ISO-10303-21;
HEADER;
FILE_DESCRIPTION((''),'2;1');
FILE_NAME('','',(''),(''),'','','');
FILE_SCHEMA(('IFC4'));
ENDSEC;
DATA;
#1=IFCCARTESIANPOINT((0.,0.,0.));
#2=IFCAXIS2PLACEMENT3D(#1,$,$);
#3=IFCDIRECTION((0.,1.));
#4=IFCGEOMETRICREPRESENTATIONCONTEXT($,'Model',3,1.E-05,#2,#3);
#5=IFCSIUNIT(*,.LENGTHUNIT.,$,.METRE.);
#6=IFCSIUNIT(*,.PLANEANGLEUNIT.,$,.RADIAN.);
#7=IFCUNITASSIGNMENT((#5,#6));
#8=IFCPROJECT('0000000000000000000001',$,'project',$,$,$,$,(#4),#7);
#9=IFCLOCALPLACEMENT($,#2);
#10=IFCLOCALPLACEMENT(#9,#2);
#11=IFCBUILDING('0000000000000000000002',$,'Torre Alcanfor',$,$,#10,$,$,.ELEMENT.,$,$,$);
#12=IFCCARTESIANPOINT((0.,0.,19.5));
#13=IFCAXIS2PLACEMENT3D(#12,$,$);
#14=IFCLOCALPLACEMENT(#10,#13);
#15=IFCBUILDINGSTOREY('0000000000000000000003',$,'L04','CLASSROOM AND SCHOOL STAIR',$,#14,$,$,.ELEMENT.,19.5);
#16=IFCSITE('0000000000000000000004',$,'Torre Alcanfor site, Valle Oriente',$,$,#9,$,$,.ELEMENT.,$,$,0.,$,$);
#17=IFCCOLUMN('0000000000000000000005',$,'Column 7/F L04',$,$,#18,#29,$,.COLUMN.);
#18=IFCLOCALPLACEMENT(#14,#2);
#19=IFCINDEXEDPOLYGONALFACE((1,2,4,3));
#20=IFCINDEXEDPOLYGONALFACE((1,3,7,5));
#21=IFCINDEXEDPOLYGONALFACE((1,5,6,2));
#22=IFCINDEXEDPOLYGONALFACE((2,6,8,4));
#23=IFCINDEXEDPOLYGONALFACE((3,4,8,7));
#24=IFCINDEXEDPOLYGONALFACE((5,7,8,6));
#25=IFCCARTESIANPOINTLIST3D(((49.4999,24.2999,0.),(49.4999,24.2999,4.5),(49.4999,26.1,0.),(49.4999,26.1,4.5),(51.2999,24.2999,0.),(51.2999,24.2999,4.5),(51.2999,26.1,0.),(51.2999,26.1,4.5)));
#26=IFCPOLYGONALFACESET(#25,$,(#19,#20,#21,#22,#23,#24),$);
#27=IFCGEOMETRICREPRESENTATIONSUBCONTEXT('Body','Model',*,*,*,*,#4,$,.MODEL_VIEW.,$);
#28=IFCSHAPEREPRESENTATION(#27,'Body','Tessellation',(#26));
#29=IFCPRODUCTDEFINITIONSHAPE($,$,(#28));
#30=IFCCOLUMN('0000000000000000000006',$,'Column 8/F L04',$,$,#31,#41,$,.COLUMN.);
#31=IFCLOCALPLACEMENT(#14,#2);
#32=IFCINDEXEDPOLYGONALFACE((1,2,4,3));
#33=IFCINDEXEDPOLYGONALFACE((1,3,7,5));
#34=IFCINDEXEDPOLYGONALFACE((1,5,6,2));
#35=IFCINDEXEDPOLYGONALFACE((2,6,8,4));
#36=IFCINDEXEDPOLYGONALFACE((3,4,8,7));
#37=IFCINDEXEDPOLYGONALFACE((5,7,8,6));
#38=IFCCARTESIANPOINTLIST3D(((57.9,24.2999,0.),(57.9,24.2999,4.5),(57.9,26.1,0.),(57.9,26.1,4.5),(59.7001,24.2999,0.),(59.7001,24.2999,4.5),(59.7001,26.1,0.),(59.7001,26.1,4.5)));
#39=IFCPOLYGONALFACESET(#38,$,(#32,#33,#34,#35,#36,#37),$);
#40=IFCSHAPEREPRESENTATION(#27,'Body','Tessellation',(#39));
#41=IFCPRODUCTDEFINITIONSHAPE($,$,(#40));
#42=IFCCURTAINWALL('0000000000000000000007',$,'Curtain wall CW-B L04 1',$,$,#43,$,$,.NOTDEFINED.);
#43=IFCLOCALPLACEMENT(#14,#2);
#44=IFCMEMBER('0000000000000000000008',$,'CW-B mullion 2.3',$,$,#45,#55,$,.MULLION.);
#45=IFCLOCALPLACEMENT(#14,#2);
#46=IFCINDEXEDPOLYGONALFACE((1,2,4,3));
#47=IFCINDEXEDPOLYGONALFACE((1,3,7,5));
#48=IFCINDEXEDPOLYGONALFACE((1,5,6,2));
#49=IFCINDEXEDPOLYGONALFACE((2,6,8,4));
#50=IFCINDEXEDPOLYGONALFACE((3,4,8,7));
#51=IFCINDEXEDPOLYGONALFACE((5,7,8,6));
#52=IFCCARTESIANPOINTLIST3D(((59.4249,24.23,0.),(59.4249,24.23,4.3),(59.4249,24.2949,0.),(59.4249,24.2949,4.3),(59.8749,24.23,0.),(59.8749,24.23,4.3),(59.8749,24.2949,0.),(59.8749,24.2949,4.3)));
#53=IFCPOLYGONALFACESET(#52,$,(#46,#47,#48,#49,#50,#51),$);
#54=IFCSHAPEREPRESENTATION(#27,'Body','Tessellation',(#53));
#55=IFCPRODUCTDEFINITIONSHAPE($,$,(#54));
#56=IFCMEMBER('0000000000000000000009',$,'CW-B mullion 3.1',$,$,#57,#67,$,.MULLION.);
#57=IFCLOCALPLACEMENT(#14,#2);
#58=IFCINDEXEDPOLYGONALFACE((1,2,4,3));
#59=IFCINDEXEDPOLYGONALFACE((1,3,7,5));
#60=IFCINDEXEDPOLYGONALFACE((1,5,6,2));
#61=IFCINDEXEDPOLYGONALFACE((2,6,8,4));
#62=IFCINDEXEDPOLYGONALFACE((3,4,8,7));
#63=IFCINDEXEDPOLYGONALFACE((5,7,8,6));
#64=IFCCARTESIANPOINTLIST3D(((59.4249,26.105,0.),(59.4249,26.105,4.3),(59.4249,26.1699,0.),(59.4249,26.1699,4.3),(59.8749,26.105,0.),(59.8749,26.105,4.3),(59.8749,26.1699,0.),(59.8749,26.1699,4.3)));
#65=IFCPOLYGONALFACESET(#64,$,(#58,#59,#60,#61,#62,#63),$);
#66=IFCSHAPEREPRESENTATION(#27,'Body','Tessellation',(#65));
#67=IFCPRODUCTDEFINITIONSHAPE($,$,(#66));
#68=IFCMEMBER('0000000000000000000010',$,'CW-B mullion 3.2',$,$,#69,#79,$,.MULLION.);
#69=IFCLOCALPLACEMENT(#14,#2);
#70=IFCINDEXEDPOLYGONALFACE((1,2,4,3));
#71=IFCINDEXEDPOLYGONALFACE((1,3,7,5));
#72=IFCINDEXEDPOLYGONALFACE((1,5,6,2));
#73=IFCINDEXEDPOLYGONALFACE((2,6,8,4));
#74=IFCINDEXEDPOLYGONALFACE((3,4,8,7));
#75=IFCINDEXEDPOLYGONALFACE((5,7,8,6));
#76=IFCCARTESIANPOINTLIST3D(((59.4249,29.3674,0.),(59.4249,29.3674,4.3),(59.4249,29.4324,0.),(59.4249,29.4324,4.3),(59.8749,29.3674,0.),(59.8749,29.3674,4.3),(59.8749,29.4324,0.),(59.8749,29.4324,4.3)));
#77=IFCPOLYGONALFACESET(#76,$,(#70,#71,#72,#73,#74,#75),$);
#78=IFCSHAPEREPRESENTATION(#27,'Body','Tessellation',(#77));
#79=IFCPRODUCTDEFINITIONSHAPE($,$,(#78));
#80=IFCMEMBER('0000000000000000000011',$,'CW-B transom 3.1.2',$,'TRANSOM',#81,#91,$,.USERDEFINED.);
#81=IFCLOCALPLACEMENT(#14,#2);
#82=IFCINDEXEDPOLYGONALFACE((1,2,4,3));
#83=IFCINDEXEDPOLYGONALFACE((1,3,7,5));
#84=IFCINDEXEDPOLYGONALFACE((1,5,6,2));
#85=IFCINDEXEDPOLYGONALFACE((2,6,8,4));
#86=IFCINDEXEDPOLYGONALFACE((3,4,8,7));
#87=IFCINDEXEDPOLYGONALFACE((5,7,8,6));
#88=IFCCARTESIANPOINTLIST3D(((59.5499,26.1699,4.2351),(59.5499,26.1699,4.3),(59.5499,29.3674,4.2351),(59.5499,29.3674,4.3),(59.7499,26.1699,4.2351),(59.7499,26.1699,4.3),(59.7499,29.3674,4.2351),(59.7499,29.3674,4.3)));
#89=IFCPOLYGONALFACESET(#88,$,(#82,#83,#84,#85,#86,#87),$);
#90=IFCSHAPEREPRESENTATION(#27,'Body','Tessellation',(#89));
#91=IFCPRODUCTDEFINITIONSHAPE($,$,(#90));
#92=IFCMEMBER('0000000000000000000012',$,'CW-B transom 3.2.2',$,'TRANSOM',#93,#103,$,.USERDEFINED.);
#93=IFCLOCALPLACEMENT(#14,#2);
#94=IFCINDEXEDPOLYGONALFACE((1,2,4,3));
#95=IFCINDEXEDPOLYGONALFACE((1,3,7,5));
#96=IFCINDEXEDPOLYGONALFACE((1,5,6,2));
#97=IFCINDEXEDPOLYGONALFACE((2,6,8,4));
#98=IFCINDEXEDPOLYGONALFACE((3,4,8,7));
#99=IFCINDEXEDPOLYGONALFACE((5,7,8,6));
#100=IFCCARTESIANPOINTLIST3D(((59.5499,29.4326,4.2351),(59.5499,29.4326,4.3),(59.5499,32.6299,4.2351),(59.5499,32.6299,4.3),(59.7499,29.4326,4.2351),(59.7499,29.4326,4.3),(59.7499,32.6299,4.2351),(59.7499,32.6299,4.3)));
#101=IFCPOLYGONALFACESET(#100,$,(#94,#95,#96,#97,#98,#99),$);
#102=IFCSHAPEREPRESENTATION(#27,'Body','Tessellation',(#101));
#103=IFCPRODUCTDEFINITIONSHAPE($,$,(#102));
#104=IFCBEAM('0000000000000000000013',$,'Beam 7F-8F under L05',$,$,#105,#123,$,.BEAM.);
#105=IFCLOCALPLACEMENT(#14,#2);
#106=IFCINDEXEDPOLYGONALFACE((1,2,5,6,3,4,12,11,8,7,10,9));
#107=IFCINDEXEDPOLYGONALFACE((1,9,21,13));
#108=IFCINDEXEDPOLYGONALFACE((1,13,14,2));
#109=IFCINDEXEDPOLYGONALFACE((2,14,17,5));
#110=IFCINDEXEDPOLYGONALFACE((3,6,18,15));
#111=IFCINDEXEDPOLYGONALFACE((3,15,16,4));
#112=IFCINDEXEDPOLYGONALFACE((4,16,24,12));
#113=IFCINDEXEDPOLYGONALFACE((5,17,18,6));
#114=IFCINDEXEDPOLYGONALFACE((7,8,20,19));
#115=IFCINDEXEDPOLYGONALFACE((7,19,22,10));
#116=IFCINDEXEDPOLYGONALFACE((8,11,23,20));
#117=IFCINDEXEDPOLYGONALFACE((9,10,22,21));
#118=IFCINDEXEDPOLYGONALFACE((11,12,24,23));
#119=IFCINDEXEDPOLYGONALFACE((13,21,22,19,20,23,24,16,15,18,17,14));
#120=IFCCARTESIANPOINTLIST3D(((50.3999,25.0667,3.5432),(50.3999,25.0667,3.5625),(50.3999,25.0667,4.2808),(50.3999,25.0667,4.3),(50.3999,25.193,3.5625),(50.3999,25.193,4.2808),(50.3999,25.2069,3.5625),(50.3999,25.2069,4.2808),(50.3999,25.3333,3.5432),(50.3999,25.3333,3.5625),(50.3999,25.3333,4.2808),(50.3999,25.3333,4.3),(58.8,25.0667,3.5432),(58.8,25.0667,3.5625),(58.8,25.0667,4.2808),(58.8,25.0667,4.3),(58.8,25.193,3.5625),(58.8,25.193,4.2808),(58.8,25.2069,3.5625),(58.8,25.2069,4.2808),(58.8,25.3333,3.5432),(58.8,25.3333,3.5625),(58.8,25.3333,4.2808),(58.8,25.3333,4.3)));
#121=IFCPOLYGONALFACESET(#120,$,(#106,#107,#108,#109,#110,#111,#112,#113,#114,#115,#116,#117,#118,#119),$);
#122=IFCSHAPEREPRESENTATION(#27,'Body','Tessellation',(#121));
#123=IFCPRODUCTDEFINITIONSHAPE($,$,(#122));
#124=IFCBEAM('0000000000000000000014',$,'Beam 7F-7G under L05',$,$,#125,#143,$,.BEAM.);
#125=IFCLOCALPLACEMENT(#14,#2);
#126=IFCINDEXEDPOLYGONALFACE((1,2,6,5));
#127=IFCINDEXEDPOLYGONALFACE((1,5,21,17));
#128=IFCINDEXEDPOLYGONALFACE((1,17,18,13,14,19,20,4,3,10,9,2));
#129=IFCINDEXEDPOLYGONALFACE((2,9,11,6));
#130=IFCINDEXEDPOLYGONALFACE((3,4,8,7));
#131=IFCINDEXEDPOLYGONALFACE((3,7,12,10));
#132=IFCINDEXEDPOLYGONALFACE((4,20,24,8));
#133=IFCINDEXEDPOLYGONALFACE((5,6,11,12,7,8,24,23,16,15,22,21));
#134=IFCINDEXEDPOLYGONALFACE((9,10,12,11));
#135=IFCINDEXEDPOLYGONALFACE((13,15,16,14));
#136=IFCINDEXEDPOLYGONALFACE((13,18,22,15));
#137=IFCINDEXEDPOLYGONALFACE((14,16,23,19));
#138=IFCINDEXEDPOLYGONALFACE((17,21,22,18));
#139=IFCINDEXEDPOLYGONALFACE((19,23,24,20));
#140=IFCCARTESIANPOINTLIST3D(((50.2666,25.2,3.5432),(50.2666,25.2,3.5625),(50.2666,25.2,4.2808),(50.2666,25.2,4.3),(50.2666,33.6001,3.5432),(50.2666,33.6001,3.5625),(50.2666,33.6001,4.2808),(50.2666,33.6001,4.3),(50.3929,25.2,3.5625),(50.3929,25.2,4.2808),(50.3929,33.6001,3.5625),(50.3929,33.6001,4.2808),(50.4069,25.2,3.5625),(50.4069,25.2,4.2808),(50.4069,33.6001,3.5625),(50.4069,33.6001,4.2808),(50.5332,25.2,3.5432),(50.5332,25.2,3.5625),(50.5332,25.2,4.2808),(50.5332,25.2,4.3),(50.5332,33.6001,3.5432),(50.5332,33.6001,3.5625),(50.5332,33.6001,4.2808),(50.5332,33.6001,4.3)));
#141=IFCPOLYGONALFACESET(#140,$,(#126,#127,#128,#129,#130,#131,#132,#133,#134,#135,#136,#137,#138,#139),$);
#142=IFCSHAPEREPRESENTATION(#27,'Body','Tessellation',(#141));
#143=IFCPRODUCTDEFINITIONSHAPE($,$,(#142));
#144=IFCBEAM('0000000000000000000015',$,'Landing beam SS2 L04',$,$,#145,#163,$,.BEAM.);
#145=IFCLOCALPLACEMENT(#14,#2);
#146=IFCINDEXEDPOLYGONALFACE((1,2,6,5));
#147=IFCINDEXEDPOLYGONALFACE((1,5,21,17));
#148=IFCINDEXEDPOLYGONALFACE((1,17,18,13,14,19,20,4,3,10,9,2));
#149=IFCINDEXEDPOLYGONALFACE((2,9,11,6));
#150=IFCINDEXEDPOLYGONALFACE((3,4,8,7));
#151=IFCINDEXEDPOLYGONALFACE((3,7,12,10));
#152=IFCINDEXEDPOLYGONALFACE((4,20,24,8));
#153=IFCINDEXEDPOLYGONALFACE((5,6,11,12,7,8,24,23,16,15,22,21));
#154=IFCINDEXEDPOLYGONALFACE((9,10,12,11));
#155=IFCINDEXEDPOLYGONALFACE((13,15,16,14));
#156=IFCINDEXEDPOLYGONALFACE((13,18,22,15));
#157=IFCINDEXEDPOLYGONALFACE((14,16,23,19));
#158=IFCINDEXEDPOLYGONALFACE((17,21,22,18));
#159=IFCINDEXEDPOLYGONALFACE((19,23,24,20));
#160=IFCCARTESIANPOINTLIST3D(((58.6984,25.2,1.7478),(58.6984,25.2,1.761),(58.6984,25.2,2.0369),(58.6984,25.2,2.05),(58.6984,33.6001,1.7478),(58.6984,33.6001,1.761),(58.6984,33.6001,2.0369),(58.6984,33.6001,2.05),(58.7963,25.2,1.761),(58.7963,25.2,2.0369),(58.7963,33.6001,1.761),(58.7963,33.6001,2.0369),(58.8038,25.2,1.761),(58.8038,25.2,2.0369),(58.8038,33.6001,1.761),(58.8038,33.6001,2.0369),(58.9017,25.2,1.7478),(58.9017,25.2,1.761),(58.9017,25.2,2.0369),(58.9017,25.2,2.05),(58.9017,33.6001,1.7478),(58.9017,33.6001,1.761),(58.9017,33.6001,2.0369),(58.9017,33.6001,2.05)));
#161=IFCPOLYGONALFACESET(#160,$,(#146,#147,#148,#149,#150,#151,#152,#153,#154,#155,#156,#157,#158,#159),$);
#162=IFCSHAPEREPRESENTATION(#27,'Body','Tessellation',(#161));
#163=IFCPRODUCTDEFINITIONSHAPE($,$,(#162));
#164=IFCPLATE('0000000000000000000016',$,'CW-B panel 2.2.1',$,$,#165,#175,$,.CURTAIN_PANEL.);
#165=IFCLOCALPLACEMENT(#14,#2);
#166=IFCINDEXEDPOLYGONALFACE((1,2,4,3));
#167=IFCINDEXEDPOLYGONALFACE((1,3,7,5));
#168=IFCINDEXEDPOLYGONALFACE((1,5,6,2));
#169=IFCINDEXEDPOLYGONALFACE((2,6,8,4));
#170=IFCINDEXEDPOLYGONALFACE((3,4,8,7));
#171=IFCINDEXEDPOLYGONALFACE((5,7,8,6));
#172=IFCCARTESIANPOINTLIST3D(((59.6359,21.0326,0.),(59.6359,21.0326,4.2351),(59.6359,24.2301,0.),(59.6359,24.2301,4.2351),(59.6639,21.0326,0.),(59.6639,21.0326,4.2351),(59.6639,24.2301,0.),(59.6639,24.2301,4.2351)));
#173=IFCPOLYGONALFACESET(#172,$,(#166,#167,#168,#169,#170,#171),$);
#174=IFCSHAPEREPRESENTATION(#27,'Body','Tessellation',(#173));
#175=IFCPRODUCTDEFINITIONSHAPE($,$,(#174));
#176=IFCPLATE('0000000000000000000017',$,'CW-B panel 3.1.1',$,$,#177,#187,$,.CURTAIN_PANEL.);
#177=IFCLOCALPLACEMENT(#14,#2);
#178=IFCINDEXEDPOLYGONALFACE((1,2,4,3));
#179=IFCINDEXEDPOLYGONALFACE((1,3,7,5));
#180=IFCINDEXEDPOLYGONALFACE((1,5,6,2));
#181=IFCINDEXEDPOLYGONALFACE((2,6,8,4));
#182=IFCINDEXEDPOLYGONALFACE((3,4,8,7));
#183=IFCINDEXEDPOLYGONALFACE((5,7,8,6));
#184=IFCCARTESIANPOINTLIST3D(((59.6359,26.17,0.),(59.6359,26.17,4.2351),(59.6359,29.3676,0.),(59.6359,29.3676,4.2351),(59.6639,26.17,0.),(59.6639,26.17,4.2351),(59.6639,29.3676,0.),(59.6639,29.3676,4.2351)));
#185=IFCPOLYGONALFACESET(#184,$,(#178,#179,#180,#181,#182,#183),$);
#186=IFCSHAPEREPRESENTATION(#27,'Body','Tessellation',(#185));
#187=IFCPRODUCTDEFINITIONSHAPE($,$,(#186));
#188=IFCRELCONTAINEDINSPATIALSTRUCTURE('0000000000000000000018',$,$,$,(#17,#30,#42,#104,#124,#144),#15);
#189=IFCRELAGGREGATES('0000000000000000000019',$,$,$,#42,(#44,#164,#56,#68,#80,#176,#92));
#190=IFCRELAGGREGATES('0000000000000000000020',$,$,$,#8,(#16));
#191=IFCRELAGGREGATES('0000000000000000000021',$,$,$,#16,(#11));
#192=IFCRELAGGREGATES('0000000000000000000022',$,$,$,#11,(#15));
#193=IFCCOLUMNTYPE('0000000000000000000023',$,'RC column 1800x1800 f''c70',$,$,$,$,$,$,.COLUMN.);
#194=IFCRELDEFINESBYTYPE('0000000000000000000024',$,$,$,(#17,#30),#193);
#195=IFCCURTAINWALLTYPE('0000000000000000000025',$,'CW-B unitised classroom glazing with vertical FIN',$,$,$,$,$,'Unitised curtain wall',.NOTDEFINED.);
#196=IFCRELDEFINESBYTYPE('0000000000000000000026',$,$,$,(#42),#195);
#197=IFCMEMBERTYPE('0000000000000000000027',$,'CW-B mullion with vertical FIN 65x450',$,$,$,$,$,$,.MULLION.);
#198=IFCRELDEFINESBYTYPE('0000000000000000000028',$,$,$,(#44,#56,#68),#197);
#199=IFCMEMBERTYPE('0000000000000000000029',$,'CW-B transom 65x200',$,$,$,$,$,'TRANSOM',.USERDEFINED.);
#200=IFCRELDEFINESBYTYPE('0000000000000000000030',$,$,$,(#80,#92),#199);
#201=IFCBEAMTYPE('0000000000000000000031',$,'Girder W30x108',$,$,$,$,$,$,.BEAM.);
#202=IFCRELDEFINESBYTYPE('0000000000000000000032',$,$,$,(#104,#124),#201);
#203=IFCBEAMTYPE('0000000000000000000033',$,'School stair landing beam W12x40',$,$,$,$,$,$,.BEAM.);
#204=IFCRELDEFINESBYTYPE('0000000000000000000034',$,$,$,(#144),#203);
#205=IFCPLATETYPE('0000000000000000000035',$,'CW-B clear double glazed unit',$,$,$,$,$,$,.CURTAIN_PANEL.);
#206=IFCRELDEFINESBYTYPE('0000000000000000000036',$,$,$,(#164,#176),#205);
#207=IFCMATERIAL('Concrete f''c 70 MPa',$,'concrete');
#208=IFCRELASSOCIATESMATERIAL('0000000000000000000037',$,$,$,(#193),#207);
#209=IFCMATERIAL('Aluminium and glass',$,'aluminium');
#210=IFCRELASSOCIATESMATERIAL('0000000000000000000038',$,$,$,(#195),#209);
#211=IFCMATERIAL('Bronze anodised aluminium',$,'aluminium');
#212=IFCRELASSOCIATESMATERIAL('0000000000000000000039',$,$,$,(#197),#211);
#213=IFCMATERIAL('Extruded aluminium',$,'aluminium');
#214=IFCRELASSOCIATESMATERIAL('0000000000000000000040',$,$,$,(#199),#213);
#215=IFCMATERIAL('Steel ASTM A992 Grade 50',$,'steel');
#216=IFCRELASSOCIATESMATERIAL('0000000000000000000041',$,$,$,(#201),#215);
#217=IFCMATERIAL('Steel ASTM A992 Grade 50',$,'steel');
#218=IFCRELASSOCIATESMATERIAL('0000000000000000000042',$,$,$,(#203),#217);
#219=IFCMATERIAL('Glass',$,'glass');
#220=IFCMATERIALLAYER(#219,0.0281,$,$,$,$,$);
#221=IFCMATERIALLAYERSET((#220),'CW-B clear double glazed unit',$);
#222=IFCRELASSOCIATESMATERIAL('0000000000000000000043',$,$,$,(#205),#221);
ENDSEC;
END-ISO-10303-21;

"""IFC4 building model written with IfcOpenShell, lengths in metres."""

from ifc_helpers import new_model, si_unit, direction, frame, origin, origin_2d, place, context, subcontext, project, spatial, rectangle, i_section, extrude, material, layer, layer_set, material_profile, profile_set, type_object, element, aggregate, save


model = new_model("IFC4")

# Units and contexts
model_context = context("Model", 3, precision=1e-05, world=origin(), true_north=direction((0.0, 1.0)))
body_context = subcontext(model_context, "Body", "Model", "MODEL_VIEW")
ifc_project = project(units=[si_unit("LENGTHUNIT", "METRE"), si_unit("PLANEANGLEUNIT", "RADIAN")], contexts=[model_context])

# Site, building, storey
site_placement = place(None, origin())
site = spatial("IfcSite", under=ifc_project, at=site_placement, Name="Torre Alcanfor site, Valle Oriente", CompositionType="ELEMENT", RefElevation=0.0)
building_placement = place(site_placement, origin())
building = spatial("IfcBuilding", under=site, at=building_placement, Name="Torre Alcanfor", CompositionType="ELEMENT")
storey_placement = place(building_placement, frame((0.0, 0.0, 19.5)))
storey = spatial("IfcBuildingStorey", under=building, at=storey_placement, Name="L04", Description="CLASSROOM AND SCHOOL STAIR", CompositionType="ELEMENT", Elevation=19.5)

# Columns
ifc_material_1 = material(Name="Concrete f'c 70 MPa", Category="concrete")
ifc_material_profile_1 = material_profile(ifc_material_1, rectangle(XDim=1.8, YDim=1.8, at=origin_2d()), Name="1800x1800")
ifc_profile_set_1 = profile_set([ifc_material_profile_1], Name="Concrete f'c 70 MPa")
column_type = type_object("IfcColumnType", Name="RC column 1800x1800 f'c70", PredefinedType="COLUMN", material=ifc_profile_set_1)
for number, where, z_axis, x_axis, name in (
    (1, (50.3999, 25.2, 0.0), (0.0, 0.0, 1.0), (1.0, 0.0, 0.0), "Column 7/F L04"),
    (2, (58.8, 25.2, 0.0), (0.0, 0.0, 1.0), (1.0, 0.0, 0.0), "Column 8/F L04"),
):
    element("IfcColumn", number, at=place(storey_placement, frame(where, z_axis=z_axis, x_axis=x_axis)), inside=storey, type_object=column_type, Name=name, PredefinedType="COLUMN", context=body_context, shape_type="SweptSolid", body=[
        extrude(rectangle(XDim=1.8, YDim=1.8, at=origin_2d()), origin(), (0.0, 0.0, 1.0), 4.5),
    ])

# Curtain wall, members
ifc_material_2 = material(Name="Aluminium and glass", Category="aluminium")
curtain_wall_type = type_object("IfcCurtainWallType", Name="CW-B unitised classroom glazing with vertical FIN", ElementType="Unitised curtain wall", PredefinedType="NOTDEFINED", material=ifc_material_2)
curtain_wall_placement = place(storey_placement, origin())
curtain_wall = element("IfcCurtainWall", 3, at=curtain_wall_placement, inside=storey, type_object=curtain_wall_type, Name="Curtain wall CW-B L04 1", PredefinedType="NOTDEFINED")
ifc_material_3 = material(Name="Bronze anodised aluminium", Category="aluminium")
ifc_material_profile_2 = material_profile(ifc_material_3, rectangle(XDim=0.45, YDim=0.0649, at=origin_2d()), Name="CW-B mullion 65x450")
ifc_profile_set_2 = profile_set([ifc_material_profile_2], Name="Bronze anodised aluminium")
member_type_1 = type_object("IfcMemberType", Name="CW-B mullion with vertical FIN 65x450", PredefinedType="MULLION", material=ifc_profile_set_2)
member_1_placement = place(storey_placement, frame((59.6499, 24.2625, 0.0), z_axis=(0.0, 0.0, 1.0), x_axis=(-1.0, 0.0, 0.0)))
member_1 = element("IfcMember", 4, at=member_1_placement, type_object=member_type_1, Name="CW-B mullion 2.3", PredefinedType="MULLION", context=body_context, shape_type="SweptSolid", body=[
    extrude(rectangle(XDim=0.45, YDim=0.0649, at=origin_2d()), origin(), (0.0, 0.0, 1.0), 4.3),
])
member_2_placement = place(storey_placement, frame((59.6499, 26.1375, 0.0), z_axis=(0.0, 0.0, 1.0), x_axis=(-1.0, 0.0, 0.0)))
member_2 = element("IfcMember", 5, at=member_2_placement, type_object=member_type_1, Name="CW-B mullion 3.1", PredefinedType="MULLION", context=body_context, shape_type="SweptSolid", body=[
    extrude(rectangle(XDim=0.45, YDim=0.0649, at=origin_2d()), origin(), (0.0, 0.0, 1.0), 4.3),
])
member_3_placement = place(storey_placement, frame((59.6499, 29.3999, 0.0), z_axis=(0.0, 0.0, 1.0), x_axis=(-1.0, 0.0, 0.0)))
member_3 = element("IfcMember", 6, at=member_3_placement, type_object=member_type_1, Name="CW-B mullion 3.2", PredefinedType="MULLION", context=body_context, shape_type="SweptSolid", body=[
    extrude(rectangle(XDim=0.45, YDim=0.0649, at=origin_2d()), origin(), (0.0, 0.0, 1.0), 4.3),
])
ifc_material_4 = material(Name="Extruded aluminium", Category="aluminium")
ifc_material_profile_3 = material_profile(ifc_material_4, rectangle(XDim=0.2, YDim=0.0649, at=origin_2d()), Name="CW-B transom 200x65")
ifc_profile_set_3 = profile_set([ifc_material_profile_3], Name="Extruded aluminium")
member_type_2 = type_object("IfcMemberType", Name="CW-B transom 65x200", ElementType="TRANSOM", PredefinedType="USERDEFINED", material=ifc_profile_set_3)
member_4_placement = place(storey_placement, frame((59.6499, 26.1699, 4.2676), z_axis=(0.0, 1.0, 0.0), x_axis=(-1.0, 0.0, 0.0)))
member_4 = element("IfcMember", 7, at=member_4_placement, type_object=member_type_2, Name="CW-B transom 3.1.2", ObjectType="TRANSOM", PredefinedType="USERDEFINED", context=body_context, shape_type="SweptSolid", body=[
    extrude(rectangle(XDim=0.2, YDim=0.0649, at=origin_2d()), origin(), (0.0, 0.0, 1.0), 3.1975),
])
member_5_placement = place(storey_placement, frame((59.6499, 29.4326, 4.2676), z_axis=(0.0, 1.0, 0.0), x_axis=(-1.0, 0.0, 0.0)))
member_5 = element("IfcMember", 8, at=member_5_placement, type_object=member_type_2, Name="CW-B transom 3.2.2", ObjectType="TRANSOM", PredefinedType="USERDEFINED", context=body_context, shape_type="SweptSolid", body=[
    extrude(rectangle(XDim=0.2, YDim=0.0649, at=origin_2d()), origin(), (0.0, 0.0, 1.0), 3.1973),
])

# Beams
ifc_material_5 = material(Name="Steel ASTM A992 Grade 50", Category="steel")
ifc_material_profile_4 = material_profile(ifc_material_5, i_section(OverallWidth=0.2666, OverallDepth=0.7568, WebThickness=0.0139, FlangeThickness=0.0193, at=origin_2d()), Name="W30x108")
ifc_profile_set_4 = profile_set([ifc_material_profile_4], Name="Steel ASTM A992 Grade 50")
beam_type_1 = type_object("IfcBeamType", Name="Girder W30x108", PredefinedType="BEAM", material=ifc_profile_set_4)
for number, where, z_axis, x_axis, name in (
    (9, (50.3999, 25.2, 3.9216), (1.0, 0.0, 0.0), (0.0, 1.0, 0.0), "Beam 7F-8F under L05"),
    (10, (50.3999, 25.2, 3.9216), (0.0, 1.0, 0.0), (-1.0, 0.0, 0.0), "Beam 7F-7G under L05"),
):
    element("IfcBeam", number, at=place(storey_placement, frame(where, z_axis=z_axis, x_axis=x_axis)), inside=storey, type_object=beam_type_1, Name=name, PredefinedType="BEAM", context=body_context, shape_type="SweptSolid", body=[
        extrude(i_section(OverallWidth=0.2666, OverallDepth=0.7568, WebThickness=0.0139, FlangeThickness=0.0193, at=origin_2d()), origin(), (0.0, 0.0, 1.0), 8.4001),
    ])
ifc_material_6 = material(Name="Steel ASTM A992 Grade 50", Category="steel")
ifc_material_profile_5 = material_profile(ifc_material_6, i_section(OverallWidth=0.2034, OverallDepth=0.3022, WebThickness=0.0076, FlangeThickness=0.0132, at=origin_2d()), Name="W12x40")
ifc_profile_set_5 = profile_set([ifc_material_profile_5], Name="Steel ASTM A992 Grade 50")
beam_type_2 = type_object("IfcBeamType", Name="School stair landing beam W12x40", PredefinedType="BEAM", material=ifc_profile_set_5)
beam_placement = place(storey_placement, frame((58.8, 25.2, 1.8989), z_axis=(0.0, 1.0, 0.0), x_axis=(-1.0, 0.0, 0.0)))
element("IfcBeam", 11, at=beam_placement, inside=storey, type_object=beam_type_2, Name="Landing beam SS2 L04", PredefinedType="BEAM", context=body_context, shape_type="SweptSolid", body=[
    extrude(i_section(OverallWidth=0.2034, OverallDepth=0.3022, WebThickness=0.0076, FlangeThickness=0.0132, at=origin_2d()), origin(), (0.0, 0.0, 1.0), 8.4001),
])

# Plates
ifc_material_7 = material(Name="Glass", Category="glass")
ifc_layer_1 = layer(ifc_material_7, 0.0281)
ifc_layer_set_1 = layer_set([ifc_layer_1], Name="CW-B clear double glazed unit")
plate_type = type_object("IfcPlateType", Name="CW-B clear double glazed unit", PredefinedType="CURTAIN_PANEL", material=ifc_layer_set_1)
plate_1_placement = place(storey_placement, frame((59.6499, 22.6313, 0.0), z_axis=(0.0, 0.0, 1.0), x_axis=(0.0, 1.0, 0.0)))
plate_1 = element("IfcPlate", 12, at=plate_1_placement, type_object=plate_type, Name="CW-B panel 2.2.1", PredefinedType="CURTAIN_PANEL", context=body_context, shape_type="SweptSolid", body=[
    extrude(rectangle(XDim=3.1975, YDim=0.0281, at=origin_2d()), origin(), (0.0, 0.0, 1.0), 4.2351),
])
plate_2_placement = place(storey_placement, frame((59.6499, 27.7688, 0.0), z_axis=(0.0, 0.0, 1.0), x_axis=(0.0, 1.0, 0.0)))
plate_2 = element("IfcPlate", 13, at=plate_2_placement, type_object=plate_type, Name="CW-B panel 3.1.1", PredefinedType="CURTAIN_PANEL", context=body_context, shape_type="SweptSolid", body=[
    extrude(rectangle(XDim=3.1975, YDim=0.0281, at=origin_2d()), origin(), (0.0, 0.0, 1.0), 4.2351),
])
aggregate(curtain_wall, [member_1, plate_1, member_2, member_3, member_4, plate_2, member_5])

save(model, "model.ifc")
